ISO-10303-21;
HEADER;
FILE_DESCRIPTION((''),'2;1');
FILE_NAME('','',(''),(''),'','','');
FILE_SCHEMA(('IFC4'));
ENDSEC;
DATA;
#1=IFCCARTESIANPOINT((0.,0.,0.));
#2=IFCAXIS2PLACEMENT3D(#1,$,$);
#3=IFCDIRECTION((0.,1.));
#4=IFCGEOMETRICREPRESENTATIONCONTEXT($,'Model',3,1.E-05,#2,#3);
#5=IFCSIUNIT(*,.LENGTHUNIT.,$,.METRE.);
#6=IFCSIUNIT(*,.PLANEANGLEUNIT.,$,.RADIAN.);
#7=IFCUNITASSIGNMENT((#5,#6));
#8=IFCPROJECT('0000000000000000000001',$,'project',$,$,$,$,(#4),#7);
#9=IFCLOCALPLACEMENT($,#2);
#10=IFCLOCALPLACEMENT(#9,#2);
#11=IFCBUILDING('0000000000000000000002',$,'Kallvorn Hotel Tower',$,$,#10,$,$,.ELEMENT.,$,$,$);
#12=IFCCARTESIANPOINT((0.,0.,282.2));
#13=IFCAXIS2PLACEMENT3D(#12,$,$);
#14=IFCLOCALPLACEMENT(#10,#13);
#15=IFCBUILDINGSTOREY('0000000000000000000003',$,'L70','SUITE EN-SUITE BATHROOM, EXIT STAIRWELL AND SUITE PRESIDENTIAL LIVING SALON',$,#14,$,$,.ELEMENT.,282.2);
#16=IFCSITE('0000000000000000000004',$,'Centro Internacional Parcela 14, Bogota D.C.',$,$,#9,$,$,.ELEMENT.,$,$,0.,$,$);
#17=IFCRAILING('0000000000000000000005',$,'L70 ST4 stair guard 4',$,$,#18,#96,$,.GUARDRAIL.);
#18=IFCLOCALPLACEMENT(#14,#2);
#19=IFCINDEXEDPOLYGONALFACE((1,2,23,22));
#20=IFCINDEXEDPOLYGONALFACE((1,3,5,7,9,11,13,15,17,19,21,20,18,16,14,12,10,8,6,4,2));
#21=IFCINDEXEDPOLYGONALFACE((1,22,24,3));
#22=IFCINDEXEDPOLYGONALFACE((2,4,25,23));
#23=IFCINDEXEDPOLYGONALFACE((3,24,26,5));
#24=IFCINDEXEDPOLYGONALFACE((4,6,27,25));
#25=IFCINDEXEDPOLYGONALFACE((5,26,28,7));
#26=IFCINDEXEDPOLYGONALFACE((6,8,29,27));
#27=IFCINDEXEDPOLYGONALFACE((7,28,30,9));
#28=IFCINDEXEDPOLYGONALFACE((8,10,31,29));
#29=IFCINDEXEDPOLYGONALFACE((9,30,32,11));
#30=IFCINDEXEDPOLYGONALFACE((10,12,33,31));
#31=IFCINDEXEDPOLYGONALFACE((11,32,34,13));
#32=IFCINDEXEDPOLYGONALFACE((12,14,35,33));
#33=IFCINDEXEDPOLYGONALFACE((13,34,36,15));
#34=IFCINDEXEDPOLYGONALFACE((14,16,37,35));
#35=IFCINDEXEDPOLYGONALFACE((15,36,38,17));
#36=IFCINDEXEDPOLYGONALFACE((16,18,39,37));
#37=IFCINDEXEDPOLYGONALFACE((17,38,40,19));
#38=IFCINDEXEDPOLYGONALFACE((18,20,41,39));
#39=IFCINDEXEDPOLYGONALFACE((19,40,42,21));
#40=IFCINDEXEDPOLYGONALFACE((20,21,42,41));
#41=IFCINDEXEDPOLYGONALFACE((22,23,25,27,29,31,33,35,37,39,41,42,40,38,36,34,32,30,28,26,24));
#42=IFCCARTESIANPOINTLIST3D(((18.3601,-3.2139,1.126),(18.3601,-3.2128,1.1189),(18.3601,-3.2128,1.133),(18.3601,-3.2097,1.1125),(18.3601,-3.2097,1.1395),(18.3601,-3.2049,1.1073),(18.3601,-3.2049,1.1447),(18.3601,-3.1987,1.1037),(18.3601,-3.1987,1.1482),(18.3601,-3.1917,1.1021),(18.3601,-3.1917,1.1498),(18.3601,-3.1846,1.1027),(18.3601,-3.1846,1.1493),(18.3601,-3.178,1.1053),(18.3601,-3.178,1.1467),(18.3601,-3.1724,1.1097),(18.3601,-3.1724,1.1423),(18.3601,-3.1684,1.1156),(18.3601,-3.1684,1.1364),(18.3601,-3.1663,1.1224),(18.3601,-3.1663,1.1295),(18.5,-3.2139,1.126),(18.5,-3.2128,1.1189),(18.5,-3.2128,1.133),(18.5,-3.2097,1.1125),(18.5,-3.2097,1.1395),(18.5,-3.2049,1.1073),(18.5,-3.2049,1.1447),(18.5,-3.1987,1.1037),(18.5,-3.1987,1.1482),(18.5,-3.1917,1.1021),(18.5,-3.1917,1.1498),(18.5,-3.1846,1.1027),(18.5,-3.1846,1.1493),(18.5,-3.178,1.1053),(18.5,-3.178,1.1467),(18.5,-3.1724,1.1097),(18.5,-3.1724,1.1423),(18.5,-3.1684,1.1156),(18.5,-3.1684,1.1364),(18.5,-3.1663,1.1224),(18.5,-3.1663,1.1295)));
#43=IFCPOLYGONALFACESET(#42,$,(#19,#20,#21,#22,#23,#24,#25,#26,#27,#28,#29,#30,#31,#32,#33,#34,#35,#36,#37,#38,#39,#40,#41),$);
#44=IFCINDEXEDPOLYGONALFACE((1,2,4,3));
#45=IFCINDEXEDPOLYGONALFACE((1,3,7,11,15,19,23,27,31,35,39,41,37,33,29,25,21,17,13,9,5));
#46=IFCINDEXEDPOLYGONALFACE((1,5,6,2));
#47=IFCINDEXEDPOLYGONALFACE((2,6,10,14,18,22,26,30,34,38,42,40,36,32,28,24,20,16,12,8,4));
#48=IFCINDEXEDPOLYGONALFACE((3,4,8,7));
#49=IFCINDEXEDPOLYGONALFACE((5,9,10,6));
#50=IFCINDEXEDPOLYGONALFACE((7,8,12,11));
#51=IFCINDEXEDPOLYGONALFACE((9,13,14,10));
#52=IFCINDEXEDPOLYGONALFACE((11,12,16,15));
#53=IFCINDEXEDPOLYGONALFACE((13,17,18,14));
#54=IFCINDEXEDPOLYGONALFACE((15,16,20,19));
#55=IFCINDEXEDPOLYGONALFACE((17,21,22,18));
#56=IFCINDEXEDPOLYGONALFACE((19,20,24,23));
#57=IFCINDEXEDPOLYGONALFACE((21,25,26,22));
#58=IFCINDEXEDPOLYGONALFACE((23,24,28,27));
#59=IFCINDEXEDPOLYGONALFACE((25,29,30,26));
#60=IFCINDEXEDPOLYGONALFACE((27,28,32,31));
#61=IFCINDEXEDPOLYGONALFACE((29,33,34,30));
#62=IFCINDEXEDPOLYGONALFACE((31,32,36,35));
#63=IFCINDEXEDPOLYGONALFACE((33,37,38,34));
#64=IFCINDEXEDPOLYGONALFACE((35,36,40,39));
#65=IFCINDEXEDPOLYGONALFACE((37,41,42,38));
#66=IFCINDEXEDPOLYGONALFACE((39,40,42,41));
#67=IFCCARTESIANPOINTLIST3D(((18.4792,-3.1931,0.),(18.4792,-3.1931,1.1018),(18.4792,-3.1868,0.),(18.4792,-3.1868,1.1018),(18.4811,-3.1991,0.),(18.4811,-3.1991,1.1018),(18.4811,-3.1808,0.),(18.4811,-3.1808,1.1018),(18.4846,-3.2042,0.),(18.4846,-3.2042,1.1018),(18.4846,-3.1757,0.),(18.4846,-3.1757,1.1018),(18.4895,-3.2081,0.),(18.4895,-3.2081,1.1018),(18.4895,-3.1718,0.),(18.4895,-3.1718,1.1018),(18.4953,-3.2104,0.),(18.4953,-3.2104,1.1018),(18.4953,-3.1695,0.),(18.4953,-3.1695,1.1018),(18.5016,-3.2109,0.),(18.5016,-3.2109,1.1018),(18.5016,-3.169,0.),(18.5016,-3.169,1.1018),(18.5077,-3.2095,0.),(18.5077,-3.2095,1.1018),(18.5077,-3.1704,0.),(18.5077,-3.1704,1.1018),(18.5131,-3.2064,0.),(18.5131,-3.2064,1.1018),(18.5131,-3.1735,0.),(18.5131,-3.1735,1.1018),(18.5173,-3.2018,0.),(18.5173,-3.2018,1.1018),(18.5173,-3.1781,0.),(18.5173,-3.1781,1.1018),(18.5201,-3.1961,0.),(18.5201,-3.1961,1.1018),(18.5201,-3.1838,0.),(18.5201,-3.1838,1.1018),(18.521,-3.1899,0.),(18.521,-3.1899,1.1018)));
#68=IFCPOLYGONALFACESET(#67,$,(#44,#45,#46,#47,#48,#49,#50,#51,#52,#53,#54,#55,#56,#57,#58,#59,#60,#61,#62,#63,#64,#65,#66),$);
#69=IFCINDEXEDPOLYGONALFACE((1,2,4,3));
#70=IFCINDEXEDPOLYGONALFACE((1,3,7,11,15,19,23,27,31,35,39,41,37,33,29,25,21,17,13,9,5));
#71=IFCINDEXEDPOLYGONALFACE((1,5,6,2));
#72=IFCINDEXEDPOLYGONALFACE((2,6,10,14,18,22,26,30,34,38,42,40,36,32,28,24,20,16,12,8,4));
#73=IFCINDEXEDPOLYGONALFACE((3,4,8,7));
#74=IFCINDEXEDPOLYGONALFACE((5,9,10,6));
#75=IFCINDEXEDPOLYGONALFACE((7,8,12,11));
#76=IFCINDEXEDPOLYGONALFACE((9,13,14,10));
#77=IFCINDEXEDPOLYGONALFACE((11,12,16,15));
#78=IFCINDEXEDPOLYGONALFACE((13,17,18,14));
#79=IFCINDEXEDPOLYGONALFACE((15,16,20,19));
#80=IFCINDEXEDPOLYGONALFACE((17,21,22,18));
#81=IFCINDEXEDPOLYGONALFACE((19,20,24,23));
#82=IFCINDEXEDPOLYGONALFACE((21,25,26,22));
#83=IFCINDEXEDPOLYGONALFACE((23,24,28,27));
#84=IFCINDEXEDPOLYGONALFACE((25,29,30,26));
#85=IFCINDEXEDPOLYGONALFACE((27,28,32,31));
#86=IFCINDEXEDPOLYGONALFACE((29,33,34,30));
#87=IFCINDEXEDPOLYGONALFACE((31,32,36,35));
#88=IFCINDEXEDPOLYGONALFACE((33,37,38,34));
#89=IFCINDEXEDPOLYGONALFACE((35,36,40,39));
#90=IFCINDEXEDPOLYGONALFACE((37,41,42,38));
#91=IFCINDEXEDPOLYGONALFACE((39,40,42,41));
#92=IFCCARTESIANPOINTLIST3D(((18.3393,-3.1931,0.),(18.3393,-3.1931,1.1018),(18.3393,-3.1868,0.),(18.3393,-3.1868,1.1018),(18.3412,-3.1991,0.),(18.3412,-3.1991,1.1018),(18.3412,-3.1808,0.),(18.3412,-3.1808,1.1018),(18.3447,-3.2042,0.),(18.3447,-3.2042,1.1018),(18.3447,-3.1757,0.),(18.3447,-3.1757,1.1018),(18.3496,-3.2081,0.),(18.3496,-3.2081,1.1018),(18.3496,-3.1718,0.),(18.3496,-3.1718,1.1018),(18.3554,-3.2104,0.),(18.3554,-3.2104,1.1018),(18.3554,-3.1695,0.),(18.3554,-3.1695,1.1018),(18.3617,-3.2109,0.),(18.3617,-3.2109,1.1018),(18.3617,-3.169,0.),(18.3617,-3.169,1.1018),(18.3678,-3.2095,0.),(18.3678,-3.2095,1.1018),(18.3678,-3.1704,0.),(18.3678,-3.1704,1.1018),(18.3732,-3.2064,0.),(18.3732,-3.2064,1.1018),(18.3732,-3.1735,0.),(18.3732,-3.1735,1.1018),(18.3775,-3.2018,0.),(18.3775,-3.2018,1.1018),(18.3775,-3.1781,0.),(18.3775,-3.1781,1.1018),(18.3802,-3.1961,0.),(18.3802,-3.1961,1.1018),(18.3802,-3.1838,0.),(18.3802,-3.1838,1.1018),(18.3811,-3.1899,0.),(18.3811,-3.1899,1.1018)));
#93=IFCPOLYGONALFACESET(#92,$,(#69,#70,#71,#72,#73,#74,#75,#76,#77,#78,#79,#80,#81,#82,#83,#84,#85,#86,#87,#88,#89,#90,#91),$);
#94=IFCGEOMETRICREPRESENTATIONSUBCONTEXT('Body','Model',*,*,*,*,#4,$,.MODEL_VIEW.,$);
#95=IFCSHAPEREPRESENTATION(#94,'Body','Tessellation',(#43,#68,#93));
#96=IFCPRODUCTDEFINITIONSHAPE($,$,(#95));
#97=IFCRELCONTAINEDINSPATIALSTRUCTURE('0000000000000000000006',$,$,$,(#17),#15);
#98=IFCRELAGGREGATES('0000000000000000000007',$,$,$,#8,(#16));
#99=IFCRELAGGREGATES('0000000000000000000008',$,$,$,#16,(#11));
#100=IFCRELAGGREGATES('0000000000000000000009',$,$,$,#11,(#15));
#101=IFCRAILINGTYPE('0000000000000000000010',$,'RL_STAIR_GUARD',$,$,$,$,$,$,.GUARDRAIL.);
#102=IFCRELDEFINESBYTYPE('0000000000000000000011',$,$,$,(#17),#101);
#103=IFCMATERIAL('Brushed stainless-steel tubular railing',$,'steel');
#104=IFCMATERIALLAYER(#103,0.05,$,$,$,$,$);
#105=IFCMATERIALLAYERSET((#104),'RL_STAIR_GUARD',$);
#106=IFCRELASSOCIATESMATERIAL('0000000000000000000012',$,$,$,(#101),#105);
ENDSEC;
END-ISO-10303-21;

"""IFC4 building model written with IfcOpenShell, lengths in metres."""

from ifc_helpers import new_model, si_unit, direction, frame, origin, origin_2d, place, context, subcontext, project, spatial, circle, extrude, material, layer, layer_set, type_object, element, save


model = new_model("IFC4")

# Units and contexts
model_context = context("Model", 3, precision=1e-05, world=origin(), true_north=direction((0.0, 1.0)))
body_context = subcontext(model_context, "Body", "Model", "MODEL_VIEW")
ifc_project = project(units=[si_unit("LENGTHUNIT", "METRE"), si_unit("PLANEANGLEUNIT", "RADIAN")], contexts=[model_context])

# Site, building, storey
site_placement = place(None, origin())
site = spatial("IfcSite", under=ifc_project, at=site_placement, Name="Centro Internacional Parcela 14, Bogota D.C.", CompositionType="ELEMENT", RefElevation=0.0)
building_placement = place(site_placement, origin())
building = spatial("IfcBuilding", under=site, at=building_placement, Name="Kallvorn Hotel Tower", CompositionType="ELEMENT")
storey_placement = place(building_placement, frame((0.0, 0.0, 282.2)))
storey = spatial("IfcBuildingStorey", under=building, at=storey_placement, Name="L70", Description="SUITE EN-SUITE BATHROOM, EXIT STAIRWELL AND SUITE PRESIDENTIAL LIVING SALON", CompositionType="ELEMENT", Elevation=282.2)

# Railing
ifc_material_1 = material(Name="Brushed stainless-steel tubular railing", Category="steel")
ifc_layer_1 = layer(ifc_material_1, 0.05)
ifc_layer_set_1 = layer_set([ifc_layer_1], Name="RL_STAIR_GUARD")
railing_type_1 = type_object("IfcRailingType", Name="RL_STAIR_GUARD", PredefinedType="GUARDRAIL", material=ifc_layer_set_1)
railing_1_placement = place(storey_placement, frame((18.5, -3.1899, 0.0)))
element("IfcRailing", 1, at=railing_1_placement, inside=storey, type_object=railing_type_1, Name="L70 ST4 stair guard 4", PredefinedType="GUARDRAIL", context=body_context, shape_type="SweptSolid", body=[
    extrude(circle(Radius=0.0239, at=origin_2d()), frame((0.0, 0.0, 1.126), z_axis=(-1.0, 0.0, 0.0), x_axis=(0.0, -1.0, 0.0)), (0.0, 0.0, 1.0), 0.1399),
    extrude(circle(Radius=0.021, at=origin_2d()), origin(), (0.0, 0.0, 1.0), 1.1018),
    extrude(circle(Radius=0.021, at=origin_2d()), frame((-0.1399, 0.0, 0.0)), (0.0, 0.0, 1.0), 1.1018),
])

save(model, "model.ifc")
